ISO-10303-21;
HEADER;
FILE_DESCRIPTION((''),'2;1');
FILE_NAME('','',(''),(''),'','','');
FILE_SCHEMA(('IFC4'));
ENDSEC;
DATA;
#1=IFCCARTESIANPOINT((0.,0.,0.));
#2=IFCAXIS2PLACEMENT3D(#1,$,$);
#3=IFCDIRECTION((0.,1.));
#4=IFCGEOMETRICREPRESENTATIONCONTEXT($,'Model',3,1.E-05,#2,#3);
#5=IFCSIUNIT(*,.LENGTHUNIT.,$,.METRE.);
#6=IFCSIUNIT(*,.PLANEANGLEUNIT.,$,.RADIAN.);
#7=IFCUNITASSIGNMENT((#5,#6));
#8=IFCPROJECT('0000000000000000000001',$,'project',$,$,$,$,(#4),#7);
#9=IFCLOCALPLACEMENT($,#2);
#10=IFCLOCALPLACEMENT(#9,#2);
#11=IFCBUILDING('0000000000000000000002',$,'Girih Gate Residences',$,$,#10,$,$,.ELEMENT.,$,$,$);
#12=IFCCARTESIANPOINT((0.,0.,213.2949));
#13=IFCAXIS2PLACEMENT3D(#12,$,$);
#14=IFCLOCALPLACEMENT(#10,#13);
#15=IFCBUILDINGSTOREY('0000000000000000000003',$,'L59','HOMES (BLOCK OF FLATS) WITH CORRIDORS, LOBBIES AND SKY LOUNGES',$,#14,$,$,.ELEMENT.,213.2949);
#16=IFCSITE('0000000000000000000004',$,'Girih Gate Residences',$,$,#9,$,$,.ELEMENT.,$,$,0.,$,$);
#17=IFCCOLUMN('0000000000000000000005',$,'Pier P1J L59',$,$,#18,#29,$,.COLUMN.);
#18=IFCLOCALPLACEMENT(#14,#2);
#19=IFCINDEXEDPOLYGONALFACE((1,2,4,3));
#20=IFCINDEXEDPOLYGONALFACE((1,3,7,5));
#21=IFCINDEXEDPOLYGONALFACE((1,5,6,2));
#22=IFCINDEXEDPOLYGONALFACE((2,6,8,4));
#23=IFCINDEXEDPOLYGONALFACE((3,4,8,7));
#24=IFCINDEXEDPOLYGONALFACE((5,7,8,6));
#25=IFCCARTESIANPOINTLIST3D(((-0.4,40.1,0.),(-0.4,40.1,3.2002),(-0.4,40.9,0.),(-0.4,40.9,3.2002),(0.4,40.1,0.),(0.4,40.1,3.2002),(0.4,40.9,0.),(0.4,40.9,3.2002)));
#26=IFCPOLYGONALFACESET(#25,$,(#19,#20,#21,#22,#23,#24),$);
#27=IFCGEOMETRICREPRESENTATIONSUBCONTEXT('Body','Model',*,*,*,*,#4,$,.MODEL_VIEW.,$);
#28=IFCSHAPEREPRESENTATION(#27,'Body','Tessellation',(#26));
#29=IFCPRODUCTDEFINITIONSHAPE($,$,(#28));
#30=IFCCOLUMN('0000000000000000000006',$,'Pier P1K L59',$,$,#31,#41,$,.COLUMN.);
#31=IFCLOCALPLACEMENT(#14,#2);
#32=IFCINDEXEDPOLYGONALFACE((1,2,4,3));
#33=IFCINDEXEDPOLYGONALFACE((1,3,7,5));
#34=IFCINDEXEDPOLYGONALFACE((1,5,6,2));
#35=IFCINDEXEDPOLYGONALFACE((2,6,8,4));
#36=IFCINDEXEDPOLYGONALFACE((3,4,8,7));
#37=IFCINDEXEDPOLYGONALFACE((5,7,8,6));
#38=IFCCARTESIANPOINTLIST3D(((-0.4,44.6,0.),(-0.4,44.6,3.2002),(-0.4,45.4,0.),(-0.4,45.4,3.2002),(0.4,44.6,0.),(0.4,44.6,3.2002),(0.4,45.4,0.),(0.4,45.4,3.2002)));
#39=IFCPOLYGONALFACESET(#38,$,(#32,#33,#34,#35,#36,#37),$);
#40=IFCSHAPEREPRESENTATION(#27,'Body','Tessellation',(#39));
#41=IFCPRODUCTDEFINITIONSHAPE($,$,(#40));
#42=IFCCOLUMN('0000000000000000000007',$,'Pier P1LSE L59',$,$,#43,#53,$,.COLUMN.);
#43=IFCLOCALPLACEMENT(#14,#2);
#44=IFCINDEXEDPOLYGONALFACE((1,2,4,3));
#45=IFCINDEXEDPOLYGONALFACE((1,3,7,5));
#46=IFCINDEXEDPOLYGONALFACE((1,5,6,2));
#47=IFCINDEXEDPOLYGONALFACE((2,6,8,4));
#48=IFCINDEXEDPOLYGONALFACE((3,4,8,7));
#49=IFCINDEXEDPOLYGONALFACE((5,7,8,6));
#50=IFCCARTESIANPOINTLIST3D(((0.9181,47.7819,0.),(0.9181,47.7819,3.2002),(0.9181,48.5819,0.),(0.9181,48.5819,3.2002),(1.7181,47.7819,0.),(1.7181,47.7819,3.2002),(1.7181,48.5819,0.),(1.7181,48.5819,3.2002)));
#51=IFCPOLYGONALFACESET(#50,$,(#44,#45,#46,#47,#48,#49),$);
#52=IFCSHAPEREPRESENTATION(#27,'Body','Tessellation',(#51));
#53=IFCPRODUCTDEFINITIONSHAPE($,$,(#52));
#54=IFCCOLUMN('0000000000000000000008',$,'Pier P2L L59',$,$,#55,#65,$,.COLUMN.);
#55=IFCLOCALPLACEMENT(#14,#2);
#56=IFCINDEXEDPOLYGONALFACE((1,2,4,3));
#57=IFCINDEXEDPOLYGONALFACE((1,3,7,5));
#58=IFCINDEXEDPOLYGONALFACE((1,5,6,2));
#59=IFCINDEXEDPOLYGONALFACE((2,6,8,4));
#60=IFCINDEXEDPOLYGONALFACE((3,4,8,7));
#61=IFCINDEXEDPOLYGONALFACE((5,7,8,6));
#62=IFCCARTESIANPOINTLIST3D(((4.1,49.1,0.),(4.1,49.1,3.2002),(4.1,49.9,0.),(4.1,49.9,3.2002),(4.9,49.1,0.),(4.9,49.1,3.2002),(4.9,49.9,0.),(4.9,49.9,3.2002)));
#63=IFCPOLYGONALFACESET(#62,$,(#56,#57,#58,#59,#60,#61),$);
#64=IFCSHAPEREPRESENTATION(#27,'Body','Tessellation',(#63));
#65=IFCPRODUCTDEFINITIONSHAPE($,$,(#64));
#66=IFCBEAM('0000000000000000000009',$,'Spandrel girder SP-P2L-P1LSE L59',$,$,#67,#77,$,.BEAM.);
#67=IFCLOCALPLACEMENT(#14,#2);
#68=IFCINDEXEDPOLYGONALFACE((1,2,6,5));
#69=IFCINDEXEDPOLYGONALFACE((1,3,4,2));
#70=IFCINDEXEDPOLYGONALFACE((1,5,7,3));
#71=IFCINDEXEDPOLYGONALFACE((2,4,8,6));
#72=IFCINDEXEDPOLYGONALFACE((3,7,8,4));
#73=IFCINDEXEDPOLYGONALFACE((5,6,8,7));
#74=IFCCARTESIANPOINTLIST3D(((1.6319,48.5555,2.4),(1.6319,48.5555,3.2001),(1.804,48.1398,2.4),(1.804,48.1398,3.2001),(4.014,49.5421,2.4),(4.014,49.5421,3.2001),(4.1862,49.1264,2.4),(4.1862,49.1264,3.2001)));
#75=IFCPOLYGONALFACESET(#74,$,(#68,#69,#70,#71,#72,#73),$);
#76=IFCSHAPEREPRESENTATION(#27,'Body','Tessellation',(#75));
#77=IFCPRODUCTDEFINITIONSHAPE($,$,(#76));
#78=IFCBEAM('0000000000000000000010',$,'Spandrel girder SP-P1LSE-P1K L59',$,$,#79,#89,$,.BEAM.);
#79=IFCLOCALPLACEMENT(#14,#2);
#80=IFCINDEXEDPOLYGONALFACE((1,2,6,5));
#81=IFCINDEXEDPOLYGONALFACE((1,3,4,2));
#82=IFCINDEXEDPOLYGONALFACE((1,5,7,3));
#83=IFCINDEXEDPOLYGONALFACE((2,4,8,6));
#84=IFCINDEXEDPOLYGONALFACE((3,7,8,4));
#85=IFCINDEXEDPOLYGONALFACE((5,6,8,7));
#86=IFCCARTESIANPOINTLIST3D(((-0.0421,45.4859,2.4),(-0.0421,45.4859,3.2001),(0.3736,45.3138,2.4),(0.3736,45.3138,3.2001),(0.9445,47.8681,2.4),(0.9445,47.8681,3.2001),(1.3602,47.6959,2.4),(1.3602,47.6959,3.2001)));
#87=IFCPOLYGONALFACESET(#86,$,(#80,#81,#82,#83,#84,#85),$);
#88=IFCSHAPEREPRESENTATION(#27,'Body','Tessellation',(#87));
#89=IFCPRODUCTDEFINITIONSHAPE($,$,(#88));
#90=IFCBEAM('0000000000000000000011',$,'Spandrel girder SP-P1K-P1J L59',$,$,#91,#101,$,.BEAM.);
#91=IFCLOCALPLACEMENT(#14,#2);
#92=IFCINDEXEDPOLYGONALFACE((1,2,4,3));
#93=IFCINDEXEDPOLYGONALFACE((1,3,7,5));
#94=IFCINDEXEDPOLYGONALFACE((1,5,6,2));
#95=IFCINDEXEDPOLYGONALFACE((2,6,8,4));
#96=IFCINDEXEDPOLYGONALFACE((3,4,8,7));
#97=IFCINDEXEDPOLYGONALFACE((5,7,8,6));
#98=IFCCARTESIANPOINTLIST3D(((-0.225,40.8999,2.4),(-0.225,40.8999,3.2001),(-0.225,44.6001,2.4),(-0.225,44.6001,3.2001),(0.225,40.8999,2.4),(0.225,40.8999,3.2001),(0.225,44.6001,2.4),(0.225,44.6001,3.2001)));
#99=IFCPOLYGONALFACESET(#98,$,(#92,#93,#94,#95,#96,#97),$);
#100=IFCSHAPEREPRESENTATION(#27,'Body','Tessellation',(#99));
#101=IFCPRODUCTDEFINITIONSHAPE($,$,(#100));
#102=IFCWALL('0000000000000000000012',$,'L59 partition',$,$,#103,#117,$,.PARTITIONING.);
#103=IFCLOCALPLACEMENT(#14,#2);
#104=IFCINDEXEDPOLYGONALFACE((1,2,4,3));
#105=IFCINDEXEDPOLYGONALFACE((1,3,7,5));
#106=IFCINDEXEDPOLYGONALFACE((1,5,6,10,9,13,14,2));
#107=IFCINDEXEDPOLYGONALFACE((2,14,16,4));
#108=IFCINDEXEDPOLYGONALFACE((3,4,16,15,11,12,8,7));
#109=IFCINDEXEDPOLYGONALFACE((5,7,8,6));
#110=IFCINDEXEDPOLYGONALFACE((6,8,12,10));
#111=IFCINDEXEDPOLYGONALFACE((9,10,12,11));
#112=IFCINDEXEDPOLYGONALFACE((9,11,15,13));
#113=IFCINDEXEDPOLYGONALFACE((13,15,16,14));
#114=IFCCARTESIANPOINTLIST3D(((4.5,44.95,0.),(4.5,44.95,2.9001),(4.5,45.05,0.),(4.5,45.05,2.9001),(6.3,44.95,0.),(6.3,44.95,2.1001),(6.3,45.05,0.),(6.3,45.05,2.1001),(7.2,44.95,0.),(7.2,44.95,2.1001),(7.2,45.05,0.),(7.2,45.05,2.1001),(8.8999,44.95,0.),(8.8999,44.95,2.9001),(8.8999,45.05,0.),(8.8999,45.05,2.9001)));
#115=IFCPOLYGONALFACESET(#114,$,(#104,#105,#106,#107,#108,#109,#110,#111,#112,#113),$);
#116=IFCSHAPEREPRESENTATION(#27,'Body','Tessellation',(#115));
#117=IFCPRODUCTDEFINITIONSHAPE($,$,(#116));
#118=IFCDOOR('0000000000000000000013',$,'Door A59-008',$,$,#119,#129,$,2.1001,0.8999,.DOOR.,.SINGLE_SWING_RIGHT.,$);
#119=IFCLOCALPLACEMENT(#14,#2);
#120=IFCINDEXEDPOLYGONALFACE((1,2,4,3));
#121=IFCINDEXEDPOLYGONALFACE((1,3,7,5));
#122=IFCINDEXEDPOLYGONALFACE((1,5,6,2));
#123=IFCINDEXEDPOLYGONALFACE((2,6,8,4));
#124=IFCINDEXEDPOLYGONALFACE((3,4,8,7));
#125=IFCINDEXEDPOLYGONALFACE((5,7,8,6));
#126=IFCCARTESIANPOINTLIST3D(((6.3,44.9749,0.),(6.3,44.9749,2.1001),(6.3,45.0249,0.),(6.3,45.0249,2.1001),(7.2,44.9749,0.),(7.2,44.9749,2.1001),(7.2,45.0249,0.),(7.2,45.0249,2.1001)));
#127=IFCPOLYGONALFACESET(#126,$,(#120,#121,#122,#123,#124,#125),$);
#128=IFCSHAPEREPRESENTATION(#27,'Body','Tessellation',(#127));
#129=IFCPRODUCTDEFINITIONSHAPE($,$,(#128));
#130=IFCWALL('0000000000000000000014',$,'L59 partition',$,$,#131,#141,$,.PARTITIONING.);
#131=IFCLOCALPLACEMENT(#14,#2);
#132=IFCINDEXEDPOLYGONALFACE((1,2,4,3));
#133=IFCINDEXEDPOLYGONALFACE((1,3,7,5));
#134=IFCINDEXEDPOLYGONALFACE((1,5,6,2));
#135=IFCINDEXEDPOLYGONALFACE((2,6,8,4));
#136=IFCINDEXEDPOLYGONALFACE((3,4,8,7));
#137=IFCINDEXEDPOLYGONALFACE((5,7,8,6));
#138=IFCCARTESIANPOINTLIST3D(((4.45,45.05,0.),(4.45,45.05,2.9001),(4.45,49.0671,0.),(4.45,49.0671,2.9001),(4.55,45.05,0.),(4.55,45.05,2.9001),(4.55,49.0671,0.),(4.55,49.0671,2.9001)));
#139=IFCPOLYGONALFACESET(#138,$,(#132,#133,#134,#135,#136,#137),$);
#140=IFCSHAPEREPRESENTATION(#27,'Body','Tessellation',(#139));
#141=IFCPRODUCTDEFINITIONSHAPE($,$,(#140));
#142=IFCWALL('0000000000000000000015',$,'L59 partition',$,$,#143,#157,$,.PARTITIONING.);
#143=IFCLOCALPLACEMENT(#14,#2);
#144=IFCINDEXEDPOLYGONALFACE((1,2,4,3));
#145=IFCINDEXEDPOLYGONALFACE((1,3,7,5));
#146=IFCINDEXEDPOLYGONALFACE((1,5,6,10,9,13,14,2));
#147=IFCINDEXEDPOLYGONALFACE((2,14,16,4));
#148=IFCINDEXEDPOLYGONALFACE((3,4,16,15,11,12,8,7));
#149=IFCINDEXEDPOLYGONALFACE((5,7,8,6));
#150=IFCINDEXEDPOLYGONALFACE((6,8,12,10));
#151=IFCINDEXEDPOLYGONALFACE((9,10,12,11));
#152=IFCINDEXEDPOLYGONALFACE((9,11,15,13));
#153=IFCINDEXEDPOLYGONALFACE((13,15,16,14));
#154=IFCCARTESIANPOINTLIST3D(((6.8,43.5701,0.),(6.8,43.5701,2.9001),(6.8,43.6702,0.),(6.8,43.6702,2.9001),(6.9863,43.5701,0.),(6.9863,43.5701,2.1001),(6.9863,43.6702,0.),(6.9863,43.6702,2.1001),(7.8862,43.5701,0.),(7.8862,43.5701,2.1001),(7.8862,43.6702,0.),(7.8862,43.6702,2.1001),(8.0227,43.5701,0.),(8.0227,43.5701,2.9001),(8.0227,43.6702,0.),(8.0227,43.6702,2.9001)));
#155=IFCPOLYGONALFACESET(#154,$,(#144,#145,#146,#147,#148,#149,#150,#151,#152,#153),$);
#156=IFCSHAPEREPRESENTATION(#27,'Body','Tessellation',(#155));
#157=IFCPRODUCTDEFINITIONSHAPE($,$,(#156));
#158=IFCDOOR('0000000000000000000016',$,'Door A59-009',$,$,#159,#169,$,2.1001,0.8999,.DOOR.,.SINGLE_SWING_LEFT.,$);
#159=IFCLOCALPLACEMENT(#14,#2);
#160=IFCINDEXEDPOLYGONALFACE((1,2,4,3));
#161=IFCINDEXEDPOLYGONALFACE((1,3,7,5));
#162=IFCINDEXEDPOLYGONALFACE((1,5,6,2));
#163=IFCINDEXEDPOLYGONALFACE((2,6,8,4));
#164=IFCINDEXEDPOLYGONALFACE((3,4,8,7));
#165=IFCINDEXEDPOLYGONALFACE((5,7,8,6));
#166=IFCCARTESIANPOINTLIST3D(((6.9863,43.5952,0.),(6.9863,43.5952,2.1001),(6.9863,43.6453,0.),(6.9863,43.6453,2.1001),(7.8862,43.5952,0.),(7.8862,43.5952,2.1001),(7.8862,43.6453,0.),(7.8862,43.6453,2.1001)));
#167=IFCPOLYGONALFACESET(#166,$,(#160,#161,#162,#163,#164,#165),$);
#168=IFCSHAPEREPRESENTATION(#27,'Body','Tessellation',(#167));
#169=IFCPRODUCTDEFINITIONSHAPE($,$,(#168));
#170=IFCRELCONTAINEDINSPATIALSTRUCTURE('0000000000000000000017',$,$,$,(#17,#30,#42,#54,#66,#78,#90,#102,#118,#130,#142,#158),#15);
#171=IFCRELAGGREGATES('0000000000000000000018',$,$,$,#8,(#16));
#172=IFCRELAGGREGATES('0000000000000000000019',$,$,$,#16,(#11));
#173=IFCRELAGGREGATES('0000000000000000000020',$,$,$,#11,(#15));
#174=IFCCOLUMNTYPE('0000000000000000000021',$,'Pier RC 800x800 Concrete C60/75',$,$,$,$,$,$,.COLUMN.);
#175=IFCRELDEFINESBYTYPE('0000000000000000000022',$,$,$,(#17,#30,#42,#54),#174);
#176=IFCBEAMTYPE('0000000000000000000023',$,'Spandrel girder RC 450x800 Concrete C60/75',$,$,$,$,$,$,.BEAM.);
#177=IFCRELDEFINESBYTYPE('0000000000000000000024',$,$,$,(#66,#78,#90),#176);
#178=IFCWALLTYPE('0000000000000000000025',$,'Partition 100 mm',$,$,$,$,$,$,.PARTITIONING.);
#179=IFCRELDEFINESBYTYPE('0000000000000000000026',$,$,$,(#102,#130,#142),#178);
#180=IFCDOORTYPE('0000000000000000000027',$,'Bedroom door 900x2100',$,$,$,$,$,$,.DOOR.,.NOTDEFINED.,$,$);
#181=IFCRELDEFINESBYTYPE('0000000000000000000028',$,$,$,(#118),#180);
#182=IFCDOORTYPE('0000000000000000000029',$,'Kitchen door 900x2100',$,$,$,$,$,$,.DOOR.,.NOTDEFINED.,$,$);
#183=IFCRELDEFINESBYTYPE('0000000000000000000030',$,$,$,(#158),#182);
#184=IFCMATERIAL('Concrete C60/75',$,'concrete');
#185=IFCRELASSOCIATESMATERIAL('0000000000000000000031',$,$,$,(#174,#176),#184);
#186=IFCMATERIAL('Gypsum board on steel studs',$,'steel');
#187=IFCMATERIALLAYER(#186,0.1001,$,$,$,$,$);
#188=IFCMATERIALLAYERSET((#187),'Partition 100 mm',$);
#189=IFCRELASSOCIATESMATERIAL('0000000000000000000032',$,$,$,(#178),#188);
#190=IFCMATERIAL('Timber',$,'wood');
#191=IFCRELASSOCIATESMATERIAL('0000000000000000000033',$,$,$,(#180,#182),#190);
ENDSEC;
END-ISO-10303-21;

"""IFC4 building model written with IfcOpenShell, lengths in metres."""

from ifc_helpers import new_model, si_unit, direction, frame, frame_2d, origin, origin_2d, place, context, subcontext, project, spatial, rectangle, extrude, material, layer, layer_set, material_profile, profile_set, type_object, element, fill, save


model = new_model("IFC4")

# Units and contexts
model_context = context("Model", 3, precision=1e-05, world=origin(), true_north=direction((0.0, 1.0)))
body_context = subcontext(model_context, "Body", "Model", "MODEL_VIEW")
ifc_project = project(units=[si_unit("LENGTHUNIT", "METRE"), si_unit("PLANEANGLEUNIT", "RADIAN")], contexts=[model_context])

# Site, building, storey
site_placement = place(None, origin())
site = spatial("IfcSite", under=ifc_project, at=site_placement, Name="Girih Gate Residences", CompositionType="ELEMENT", RefElevation=0.0)
building_placement = place(site_placement, origin())
building = spatial("IfcBuilding", under=site, at=building_placement, Name="Girih Gate Residences", CompositionType="ELEMENT")
storey_placement = place(building_placement, frame((0.0, 0.0, 213.2949)))
storey = spatial("IfcBuildingStorey", under=building, at=storey_placement, Name="L59", Description="HOMES (BLOCK OF FLATS) WITH CORRIDORS, LOBBIES AND SKY LOUNGES", CompositionType="ELEMENT", Elevation=213.2949)

# Columns
ifc_material_1 = material(Name="Concrete C60/75", Category="concrete")
ifc_material_profile_1 = material_profile(ifc_material_1, rectangle(XDim=0.8, YDim=0.8, at=origin_2d()))
ifc_profile_set_1 = profile_set([ifc_material_profile_1], Name="Concrete C60/75")
column_type = type_object("IfcColumnType", Name="Pier RC 800x800 Concrete C60/75", PredefinedType="COLUMN", material=ifc_profile_set_1)
for number, where, z_axis, x_axis, name in (
    (1, (0.0, 40.5, 0.0), (0.0, 0.0, 1.0), (1.0, 0.0, 0.0), "Pier P1J L59"),
    (2, (0.0, 45.0, 0.0), (0.0, 0.0, 1.0), (1.0, 0.0, 0.0), "Pier P1K L59"),
    (3, (1.3181, 48.1819, 0.0), (0.0, 0.0, 1.0), (1.0, 0.0, 0.0), "Pier P1LSE L59"),
    (4, (4.5, 49.5, 0.0), (0.0, 0.0, 1.0), (1.0, 0.0, 0.0), "Pier P2L L59"),
):
    element("IfcColumn", number, at=place(storey_placement, frame(where, z_axis=z_axis, x_axis=x_axis)), inside=storey, type_object=column_type, Name=name, PredefinedType="COLUMN", context=body_context, shape_type="SweptSolid", body=[
        extrude(rectangle(XDim=0.8, YDim=0.8, at=origin_2d()), origin(), (0.0, 0.0, 1.0), 3.2002),
    ])

# Beams
ifc_material_profile_2 = material_profile(ifc_material_1, rectangle(XDim=0.45, YDim=0.8, at=origin_2d()))
ifc_profile_set_2 = profile_set([ifc_material_profile_2], Name="Concrete C60/75")
beam_type = type_object("IfcBeamType", Name="Spandrel girder RC 450x800 Concrete C60/75", PredefinedType="BEAM", material=ifc_profile_set_2)
for number, where, z_axis, x_axis, name in (
    (5, (4.1001, 49.3342, 2.8), (-0.923896, -0.382644, 0.0), (0.382644, -0.923896, 0.0), "Spandrel girder SP-P2L-P1LSE L59"),
    (6, (1.1523, 47.782, 2.8), (-0.382644, -0.923896, 0.0), (0.923896, -0.382644, 0.0), "Spandrel girder SP-P1LSE-P1K L59"),
):
    element("IfcBeam", number, at=place(storey_placement, frame(where, z_axis=z_axis, x_axis=x_axis)), inside=storey, type_object=beam_type, Name=name, PredefinedType="BEAM", context=body_context, shape_type="SweptSolid", body=[
        extrude(rectangle(XDim=0.45, YDim=0.8, at=origin_2d()), origin(), (0.0, 0.0, 1.0), 2.5784),
    ])
beam_placement = place(storey_placement, frame((0.0, 44.6001, 2.8), z_axis=(0.0, -1.0, 0.0), x_axis=(1.0, 0.0, 0.0)))
element("IfcBeam", 7, at=beam_placement, inside=storey, type_object=beam_type, Name="Spandrel girder SP-P1K-P1J L59", PredefinedType="BEAM", context=body_context, shape_type="SweptSolid", body=[
    extrude(rectangle(XDim=0.45, YDim=0.8, at=origin_2d()), origin(), (0.0, 0.0, 1.0), 3.7002),
])

# Wall, opening, door
ifc_material_2 = material(Name="Gypsum board on steel studs", Category="steel")
ifc_layer_1 = layer(ifc_material_2, 0.1001)
ifc_layer_set_1 = layer_set([ifc_layer_1], Name="Partition 100 mm")
wall_type_1 = type_object("IfcWallType", Name="Partition 100 mm", PredefinedType="PARTITIONING", material=ifc_layer_set_1)
wall_1_placement = place(storey_placement, frame((4.5, 45.0, 0.0), z_axis=(0.0, 0.0, 1.0), x_axis=(1.0, 0.0, 0.0)))
wall_1 = element("IfcWall", 8, at=wall_1_placement, inside=storey, type_object=wall_type_1, Name="L59 partition", PredefinedType="PARTITIONING", context=body_context, shape_type="SweptSolid", body=[
    extrude(rectangle(XDim=4.3999, YDim=0.1001, at=frame_2d((2.2, 0.0))), origin(), (0.0, 0.0, 1.0), 2.9001),
])
opening_1_placement = place(wall_1_placement, frame((1.8, 0.0, 0.0)))
opening_1 = element("IfcOpeningElement", 9, at=opening_1_placement, cuts=wall_1, PredefinedType="OPENING", context=body_context, shape_type="SweptSolid", body=[
    extrude(rectangle(XDim=0.8999, YDim=2.1001, at=frame_2d((0.45, 1.05))), frame((0.0, 0.0601, 0.0), z_axis=(0.0, -1.0, 0.0), x_axis=(1.0, 0.0, 0.0)), (0.0, 0.0, 1.0), 0.1201),
])
ifc_material_3 = material(Name="Timber", Category="wood")
door_type_1 = type_object("IfcDoorType", Name="Bedroom door 900x2100", OperationType="NOTDEFINED", PredefinedType="DOOR", material=ifc_material_3)
door_1_placement = place(opening_1_placement, origin())
door_1 = element("IfcDoor", 10, at=door_1_placement, inside=storey, type_object=door_type_1, Name="Door A59-008", OperationType="SINGLE_SWING_RIGHT", OverallHeight=2.1001, OverallWidth=0.8999, PredefinedType="DOOR", context=body_context, shape_type="SweptSolid", body=[
    extrude(rectangle(XDim=0.8999, YDim=2.1001, at=frame_2d((0.45, 1.05))), frame((0.0, 0.0249, 0.0), z_axis=(0.0, -1.0, 0.0), x_axis=(1.0, 0.0, 0.0)), (0.0, 0.0, 1.0), 0.05),
])
fill(opening_1, door_1)

# Wall
wall_2_placement = place(storey_placement, frame((4.5, 45.05, 0.0), z_axis=(0.0, 0.0, 1.0), x_axis=(0.0, 1.0, 0.0)))
element("IfcWall", 11, at=wall_2_placement, inside=storey, type_object=wall_type_1, Name="L59 partition", PredefinedType="PARTITIONING", context=body_context, shape_type="SweptSolid", body=[
    extrude(rectangle(XDim=4.0171, YDim=0.1001, at=frame_2d((2.0085, 0.0))), origin(), (0.0, 0.0, 1.0), 2.9001),
])

# Wall, opening, door
wall_3_placement = place(storey_placement, frame((8.0227, 43.6201, 0.0), z_axis=(0.0, 0.0, 1.0), x_axis=(-1.0, 0.0, 0.0)))
wall_3 = element("IfcWall", 12, at=wall_3_placement, inside=storey, type_object=wall_type_1, Name="L59 partition", PredefinedType="PARTITIONING", context=body_context, shape_type="SweptSolid", body=[
    extrude(rectangle(XDim=1.2227, YDim=0.1001, at=frame_2d((0.6113, 0.0))), origin(), (0.0, 0.0, 1.0), 2.9001),
])
opening_2_placement = place(wall_3_placement, frame((0.1365, 0.0, 0.0)))
opening_2 = element("IfcOpeningElement", 13, at=opening_2_placement, cuts=wall_3, PredefinedType="OPENING", context=body_context, shape_type="SweptSolid", body=[
    extrude(rectangle(XDim=0.8999, YDim=2.1001, at=frame_2d((0.45, 1.05))), frame((0.0, 0.0601, 0.0), z_axis=(0.0, -1.0, 0.0), x_axis=(1.0, 0.0, 0.0)), (0.0, 0.0, 1.0), 0.1201),
])
door_type_2 = type_object("IfcDoorType", Name="Kitchen door 900x2100", OperationType="NOTDEFINED", PredefinedType="DOOR", material=ifc_material_3)
door_2_placement = place(opening_2_placement, origin())
door_2 = element("IfcDoor", 14, at=door_2_placement, inside=storey, type_object=door_type_2, Name="Door A59-009", OperationType="SINGLE_SWING_LEFT", OverallHeight=2.1001, OverallWidth=0.8999, PredefinedType="DOOR", context=body_context, shape_type="SweptSolid", body=[
    extrude(rectangle(XDim=0.8999, YDim=2.1001, at=frame_2d((0.45, 1.05))), frame((0.0, 0.0249, 0.0), z_axis=(0.0, -1.0, 0.0), x_axis=(1.0, 0.0, 0.0)), (0.0, 0.0, 1.0), 0.05),
])
fill(opening_2, door_2)

save(model, "model.ifc")
